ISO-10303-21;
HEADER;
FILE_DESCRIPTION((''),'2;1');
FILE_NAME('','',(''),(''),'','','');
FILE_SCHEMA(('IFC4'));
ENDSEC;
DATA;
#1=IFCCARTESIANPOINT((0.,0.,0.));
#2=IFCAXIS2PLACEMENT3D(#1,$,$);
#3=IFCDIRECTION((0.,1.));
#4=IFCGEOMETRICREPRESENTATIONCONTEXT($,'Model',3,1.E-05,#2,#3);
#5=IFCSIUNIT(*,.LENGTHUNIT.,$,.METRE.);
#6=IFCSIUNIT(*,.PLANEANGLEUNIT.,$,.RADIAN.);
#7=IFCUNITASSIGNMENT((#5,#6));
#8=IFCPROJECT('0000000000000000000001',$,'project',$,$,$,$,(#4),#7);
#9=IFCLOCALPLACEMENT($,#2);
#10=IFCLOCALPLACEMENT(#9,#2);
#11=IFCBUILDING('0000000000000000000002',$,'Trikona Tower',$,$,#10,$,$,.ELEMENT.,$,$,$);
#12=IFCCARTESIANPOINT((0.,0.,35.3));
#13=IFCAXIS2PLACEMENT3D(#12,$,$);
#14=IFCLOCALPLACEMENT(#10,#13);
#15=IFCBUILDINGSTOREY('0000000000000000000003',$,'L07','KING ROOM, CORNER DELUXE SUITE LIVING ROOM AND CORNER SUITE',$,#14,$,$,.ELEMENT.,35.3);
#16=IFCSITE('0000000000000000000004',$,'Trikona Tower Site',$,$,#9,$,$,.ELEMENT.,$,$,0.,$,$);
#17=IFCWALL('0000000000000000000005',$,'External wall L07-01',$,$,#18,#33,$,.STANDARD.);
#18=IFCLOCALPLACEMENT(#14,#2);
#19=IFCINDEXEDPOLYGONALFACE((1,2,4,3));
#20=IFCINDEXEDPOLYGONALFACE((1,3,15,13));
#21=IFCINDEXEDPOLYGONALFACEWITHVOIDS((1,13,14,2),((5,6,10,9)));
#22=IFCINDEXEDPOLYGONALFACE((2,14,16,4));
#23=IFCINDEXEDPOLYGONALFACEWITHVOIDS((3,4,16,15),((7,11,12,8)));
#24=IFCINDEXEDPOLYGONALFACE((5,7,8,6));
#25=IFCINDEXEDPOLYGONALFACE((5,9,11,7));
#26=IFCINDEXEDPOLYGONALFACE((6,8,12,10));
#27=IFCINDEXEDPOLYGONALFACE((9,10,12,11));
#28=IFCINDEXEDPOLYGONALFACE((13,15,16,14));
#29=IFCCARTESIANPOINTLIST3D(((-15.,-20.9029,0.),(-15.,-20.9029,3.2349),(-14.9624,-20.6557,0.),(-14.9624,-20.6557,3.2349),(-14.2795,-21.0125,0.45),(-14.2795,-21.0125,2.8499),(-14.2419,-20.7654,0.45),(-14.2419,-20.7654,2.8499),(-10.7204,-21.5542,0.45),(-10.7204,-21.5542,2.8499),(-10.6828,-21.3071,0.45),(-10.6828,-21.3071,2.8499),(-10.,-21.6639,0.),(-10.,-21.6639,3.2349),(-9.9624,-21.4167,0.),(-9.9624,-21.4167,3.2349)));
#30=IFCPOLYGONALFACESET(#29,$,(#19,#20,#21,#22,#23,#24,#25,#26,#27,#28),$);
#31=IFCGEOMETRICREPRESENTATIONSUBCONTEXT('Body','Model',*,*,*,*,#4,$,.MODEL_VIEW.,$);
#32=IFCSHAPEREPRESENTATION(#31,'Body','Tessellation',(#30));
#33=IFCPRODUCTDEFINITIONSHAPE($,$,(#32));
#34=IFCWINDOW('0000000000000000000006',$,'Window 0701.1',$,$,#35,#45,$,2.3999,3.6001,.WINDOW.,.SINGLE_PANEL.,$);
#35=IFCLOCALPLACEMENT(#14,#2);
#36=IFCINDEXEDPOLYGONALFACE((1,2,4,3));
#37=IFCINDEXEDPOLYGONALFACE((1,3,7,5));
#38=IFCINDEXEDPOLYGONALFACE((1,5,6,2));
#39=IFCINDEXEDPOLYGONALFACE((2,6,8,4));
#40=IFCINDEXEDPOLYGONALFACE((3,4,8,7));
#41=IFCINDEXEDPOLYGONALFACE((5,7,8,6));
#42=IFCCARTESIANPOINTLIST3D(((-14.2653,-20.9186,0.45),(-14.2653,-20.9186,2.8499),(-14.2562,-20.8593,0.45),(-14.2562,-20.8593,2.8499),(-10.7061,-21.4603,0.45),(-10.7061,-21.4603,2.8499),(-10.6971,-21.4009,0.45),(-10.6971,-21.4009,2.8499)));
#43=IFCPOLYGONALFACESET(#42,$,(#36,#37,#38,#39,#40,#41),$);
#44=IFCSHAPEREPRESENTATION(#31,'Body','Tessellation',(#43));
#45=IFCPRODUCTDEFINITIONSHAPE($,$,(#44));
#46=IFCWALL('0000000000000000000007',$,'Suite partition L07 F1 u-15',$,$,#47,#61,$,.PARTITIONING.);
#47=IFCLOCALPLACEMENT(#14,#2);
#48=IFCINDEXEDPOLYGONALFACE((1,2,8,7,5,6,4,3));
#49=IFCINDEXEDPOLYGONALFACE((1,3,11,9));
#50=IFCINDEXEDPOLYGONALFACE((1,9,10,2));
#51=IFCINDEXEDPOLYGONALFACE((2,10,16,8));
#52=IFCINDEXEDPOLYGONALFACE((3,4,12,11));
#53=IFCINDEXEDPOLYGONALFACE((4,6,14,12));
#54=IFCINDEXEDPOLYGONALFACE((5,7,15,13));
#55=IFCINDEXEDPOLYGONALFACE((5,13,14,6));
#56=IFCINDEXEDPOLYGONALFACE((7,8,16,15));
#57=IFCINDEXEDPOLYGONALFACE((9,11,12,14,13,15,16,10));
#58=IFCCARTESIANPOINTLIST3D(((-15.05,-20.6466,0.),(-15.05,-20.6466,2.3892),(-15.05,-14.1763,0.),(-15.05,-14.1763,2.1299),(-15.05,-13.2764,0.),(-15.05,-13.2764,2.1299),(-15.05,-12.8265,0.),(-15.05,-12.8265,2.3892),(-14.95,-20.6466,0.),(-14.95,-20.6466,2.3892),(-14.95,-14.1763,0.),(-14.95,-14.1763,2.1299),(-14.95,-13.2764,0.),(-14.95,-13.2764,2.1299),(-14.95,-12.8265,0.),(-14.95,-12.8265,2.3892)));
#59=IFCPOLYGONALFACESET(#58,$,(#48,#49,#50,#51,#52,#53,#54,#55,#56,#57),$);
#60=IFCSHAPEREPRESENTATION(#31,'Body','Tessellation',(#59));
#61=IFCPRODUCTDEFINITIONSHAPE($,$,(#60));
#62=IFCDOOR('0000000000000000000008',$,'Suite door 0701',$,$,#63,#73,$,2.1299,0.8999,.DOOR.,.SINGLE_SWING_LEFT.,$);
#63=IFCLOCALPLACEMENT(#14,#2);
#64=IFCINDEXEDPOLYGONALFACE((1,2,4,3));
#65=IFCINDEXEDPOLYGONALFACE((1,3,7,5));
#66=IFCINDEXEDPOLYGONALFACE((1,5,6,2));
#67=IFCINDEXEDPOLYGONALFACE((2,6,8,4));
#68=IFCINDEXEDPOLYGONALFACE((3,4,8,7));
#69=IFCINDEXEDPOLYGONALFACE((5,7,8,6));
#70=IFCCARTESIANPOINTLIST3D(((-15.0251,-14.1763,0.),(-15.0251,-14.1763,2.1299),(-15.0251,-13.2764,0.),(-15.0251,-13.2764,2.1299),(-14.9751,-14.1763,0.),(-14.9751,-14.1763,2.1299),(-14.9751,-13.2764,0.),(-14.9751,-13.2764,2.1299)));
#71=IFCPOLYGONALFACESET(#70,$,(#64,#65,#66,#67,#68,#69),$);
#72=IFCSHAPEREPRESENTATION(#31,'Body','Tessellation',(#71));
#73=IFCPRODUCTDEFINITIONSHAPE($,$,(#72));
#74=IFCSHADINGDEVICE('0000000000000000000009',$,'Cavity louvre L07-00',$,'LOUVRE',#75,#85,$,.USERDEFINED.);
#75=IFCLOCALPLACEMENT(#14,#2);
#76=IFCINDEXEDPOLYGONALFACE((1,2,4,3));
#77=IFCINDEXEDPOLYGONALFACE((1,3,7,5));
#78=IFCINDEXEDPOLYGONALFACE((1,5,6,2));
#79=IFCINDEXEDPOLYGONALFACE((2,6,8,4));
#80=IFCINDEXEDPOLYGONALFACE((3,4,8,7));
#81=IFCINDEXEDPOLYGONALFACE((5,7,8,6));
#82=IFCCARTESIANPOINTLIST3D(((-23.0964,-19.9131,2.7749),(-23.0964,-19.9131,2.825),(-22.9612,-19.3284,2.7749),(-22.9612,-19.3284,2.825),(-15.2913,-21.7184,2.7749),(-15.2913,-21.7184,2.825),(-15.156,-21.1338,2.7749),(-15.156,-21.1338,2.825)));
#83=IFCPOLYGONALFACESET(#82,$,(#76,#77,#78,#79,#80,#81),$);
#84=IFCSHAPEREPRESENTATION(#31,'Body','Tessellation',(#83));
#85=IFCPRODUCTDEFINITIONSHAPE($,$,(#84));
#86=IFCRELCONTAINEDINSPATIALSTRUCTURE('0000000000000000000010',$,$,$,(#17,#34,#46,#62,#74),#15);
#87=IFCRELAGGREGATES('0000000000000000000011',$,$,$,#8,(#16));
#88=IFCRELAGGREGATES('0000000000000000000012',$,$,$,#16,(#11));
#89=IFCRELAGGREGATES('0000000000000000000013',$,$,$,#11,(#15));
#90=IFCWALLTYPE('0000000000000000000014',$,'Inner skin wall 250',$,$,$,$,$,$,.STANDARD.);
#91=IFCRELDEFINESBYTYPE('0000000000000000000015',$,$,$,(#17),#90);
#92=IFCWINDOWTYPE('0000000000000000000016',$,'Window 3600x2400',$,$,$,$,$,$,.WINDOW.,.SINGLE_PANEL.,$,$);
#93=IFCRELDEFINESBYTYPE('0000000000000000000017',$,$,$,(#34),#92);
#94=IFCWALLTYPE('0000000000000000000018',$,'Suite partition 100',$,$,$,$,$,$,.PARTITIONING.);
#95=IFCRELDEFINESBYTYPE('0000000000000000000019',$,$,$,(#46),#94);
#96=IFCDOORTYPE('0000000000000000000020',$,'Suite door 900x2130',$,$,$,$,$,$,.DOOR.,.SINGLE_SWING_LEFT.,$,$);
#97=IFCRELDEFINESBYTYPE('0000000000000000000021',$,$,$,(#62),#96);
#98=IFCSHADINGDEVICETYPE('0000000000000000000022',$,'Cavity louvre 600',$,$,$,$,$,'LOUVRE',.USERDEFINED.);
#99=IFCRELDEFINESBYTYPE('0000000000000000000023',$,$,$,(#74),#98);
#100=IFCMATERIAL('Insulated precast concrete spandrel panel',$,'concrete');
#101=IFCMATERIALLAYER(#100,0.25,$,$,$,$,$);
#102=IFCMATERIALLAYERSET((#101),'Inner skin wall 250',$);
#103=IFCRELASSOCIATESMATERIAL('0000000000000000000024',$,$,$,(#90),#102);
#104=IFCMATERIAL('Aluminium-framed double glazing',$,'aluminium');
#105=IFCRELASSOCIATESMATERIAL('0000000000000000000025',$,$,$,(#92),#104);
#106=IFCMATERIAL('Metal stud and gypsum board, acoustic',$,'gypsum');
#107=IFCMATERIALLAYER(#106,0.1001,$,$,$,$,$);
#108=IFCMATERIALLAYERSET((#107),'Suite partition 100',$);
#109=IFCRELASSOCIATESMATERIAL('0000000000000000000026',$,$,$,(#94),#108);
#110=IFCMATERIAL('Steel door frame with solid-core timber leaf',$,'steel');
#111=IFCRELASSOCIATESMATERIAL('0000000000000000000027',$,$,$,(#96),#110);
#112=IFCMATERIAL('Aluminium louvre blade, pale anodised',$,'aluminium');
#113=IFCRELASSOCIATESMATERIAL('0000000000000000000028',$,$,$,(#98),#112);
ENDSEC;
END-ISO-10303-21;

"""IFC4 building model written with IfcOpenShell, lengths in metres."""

from ifc_helpers import new_model, si_unit, direction, frame, frame_2d, origin, origin_2d, place, context, subcontext, project, spatial, rectangle, extrude, material, layer, layer_set, type_object, element, fill, save


model = new_model("IFC4")

# Units and contexts
model_context = context("Model", 3, precision=1e-05, world=origin(), true_north=direction((0.0, 1.0)))
body_context = subcontext(model_context, "Body", "Model", "MODEL_VIEW")
ifc_project = project(units=[si_unit("LENGTHUNIT", "METRE"), si_unit("PLANEANGLEUNIT", "RADIAN")], contexts=[model_context])

# Site, building, storey
site_placement = place(None, origin())
site = spatial("IfcSite", under=ifc_project, at=site_placement, Name="Trikona Tower Site", CompositionType="ELEMENT", RefElevation=0.0)
building_placement = place(site_placement, origin())
building = spatial("IfcBuilding", under=site, at=building_placement, Name="Trikona Tower", CompositionType="ELEMENT")
storey_placement = place(building_placement, frame((0.0, 0.0, 35.3)))
storey = spatial("IfcBuildingStorey", under=building, at=storey_placement, Name="L07", Description="KING ROOM, CORNER DELUXE SUITE LIVING ROOM AND CORNER SUITE", CompositionType="ELEMENT", Elevation=35.3)

# Wall, opening, window
ifc_material_1 = material(Name="Insulated precast concrete spandrel panel", Category="concrete")
ifc_layer_1 = layer(ifc_material_1, 0.25)
ifc_layer_set_1 = layer_set([ifc_layer_1], Name="Inner skin wall 250")
wall_type_1 = type_object("IfcWallType", Name="Inner skin wall 250", PredefinedType="STANDARD", material=ifc_layer_set_1)
wall_1_placement = place(storey_placement, frame((-14.9812, -20.7793, 0.0), z_axis=(0.0, 0.0, 1.0), x_axis=(0.988615, -0.150465, 0.0)))
wall_1 = element("IfcWall", 1, at=wall_1_placement, inside=storey, type_object=wall_type_1, Name="External wall L07-01", PredefinedType="STANDARD", context=body_context, shape_type="SweptSolid", body=[
    extrude(rectangle(XDim=5.0576, YDim=0.25, at=frame_2d((2.5288, 0.0))), origin(), (0.0, 0.0, 1.0), 3.2349),
])
opening_1_placement = place(wall_1_placement, frame((0.7288, 0.0, 0.45)))
opening_1 = element("IfcOpeningElement", 2, at=opening_1_placement, cuts=wall_1, PredefinedType="OPENING", context=body_context, shape_type="SweptSolid", body=[
    extrude(rectangle(XDim=3.6001, YDim=2.3999, at=frame_2d((1.8, 1.2))), frame((0.0, 0.135, 0.0), z_axis=(0.0, -1.0, 0.0), x_axis=(1.0, 0.0, 0.0)), (0.0, 0.0, 1.0), 0.27),
])
ifc_material_2 = material(Name="Aluminium-framed double glazing", Category="aluminium")
window_type = type_object("IfcWindowType", Name="Window 3600x2400", PartitioningType="SINGLE_PANEL", PredefinedType="WINDOW", material=ifc_material_2)
window_placement = place(opening_1_placement, origin())
window = element("IfcWindow", 3, at=window_placement, inside=storey, type_object=window_type, Name="Window 0701.1", OverallHeight=2.3999, OverallWidth=3.6001, PartitioningType="SINGLE_PANEL", PredefinedType="WINDOW", context=body_context, shape_type="SweptSolid", body=[
    extrude(rectangle(XDim=3.6001, YDim=2.3999, at=frame_2d((1.8, 1.2))), frame((0.0, 0.03, 0.0), z_axis=(0.0, -1.0, 0.0), x_axis=(1.0, 0.0, 0.0)), (0.0, 0.0, 1.0), 0.0601),
])
fill(opening_1, window)

# Wall, opening, door
ifc_material_3 = material(Name="Metal stud and gypsum board, acoustic", Category="gypsum")
ifc_layer_2 = layer(ifc_material_3, 0.1001)
ifc_layer_set_2 = layer_set([ifc_layer_2], Name="Suite partition 100")
wall_type_2 = type_object("IfcWallType", Name="Suite partition 100", PredefinedType="PARTITIONING", material=ifc_layer_set_2)
wall_2_placement = place(storey_placement, frame((-15.0, -12.8264, 0.0), z_axis=(0.0, 0.0, 1.0), x_axis=(0.0, -1.0, 0.0)))
wall_2 = element("IfcWall", 4, at=wall_2_placement, inside=storey, type_object=wall_type_2, Name="Suite partition L07 F1 u-15", PredefinedType="PARTITIONING", context=body_context, shape_type="SweptSolid", body=[
    extrude(rectangle(XDim=7.8201, YDim=0.1001, at=frame_2d((3.9102, 0.0))), origin(), (0.0, 0.0, 1.0), 2.3892),
])
opening_2_placement = place(wall_2_placement, frame((0.45, 0.0, 0.0)))
opening_2 = element("IfcOpeningElement", 5, at=opening_2_placement, cuts=wall_2, PredefinedType="OPENING", context=body_context, shape_type="SweptSolid", body=[
    extrude(rectangle(XDim=0.8999, YDim=2.1299, at=frame_2d((0.45, 1.0649))), frame((0.0, 0.0601, 0.0), z_axis=(0.0, -1.0, 0.0), x_axis=(1.0, 0.0, 0.0)), (0.0, 0.0, 1.0), 0.1201),
])
ifc_material_4 = material(Name="Steel door frame with solid-core timber leaf", Category="steel")
door_type_1 = type_object("IfcDoorType", Name="Suite door 900x2130", OperationType="SINGLE_SWING_LEFT", PredefinedType="DOOR", material=ifc_material_4)
door_1_placement = place(opening_2_placement, origin())
door_1 = element("IfcDoor", 6, at=door_1_placement, inside=storey, type_object=door_type_1, Name="Suite door 0701", OperationType="SINGLE_SWING_LEFT", OverallHeight=2.1299, OverallWidth=0.8999, PredefinedType="DOOR", context=body_context, shape_type="SweptSolid", body=[
    extrude(rectangle(XDim=0.8999, YDim=2.1299, at=frame_2d((0.45, 1.0649))), frame((0.0, 0.0249, 0.0), z_axis=(0.0, -1.0, 0.0), x_axis=(1.0, 0.0, 0.0)), (0.0, 0.0, 1.0), 0.05),
])
fill(opening_2, door_1)

# Shading device
ifc_material_5 = material(Name="Aluminium louvre blade, pale anodised", Category="aluminium")
shading_device_type = type_object("IfcShadingDeviceType", Name="Cavity louvre 600", ElementType="LOUVRE", PredefinedType="USERDEFINED", material=ifc_material_5)
shading_device_placement = place(storey_placement, frame((-19.1262, -20.5234, 2.7749), z_axis=(0.0, 0.0, 1.0), x_axis=(0.974278, -0.225351, 0.0)))
element("IfcShadingDevice", 7, at=shading_device_placement, inside=storey, type_object=shading_device_type, Name="Cavity louvre L07-00", ObjectType="LOUVRE", PredefinedType="USERDEFINED", context=body_context, shape_type="SweptSolid", body=[
    extrude(rectangle(XDim=8.0112, YDim=0.6001, at=origin_2d()), origin(), (0.0, 0.0, 1.0), 0.05),
])

save(model, "model.ifc")
